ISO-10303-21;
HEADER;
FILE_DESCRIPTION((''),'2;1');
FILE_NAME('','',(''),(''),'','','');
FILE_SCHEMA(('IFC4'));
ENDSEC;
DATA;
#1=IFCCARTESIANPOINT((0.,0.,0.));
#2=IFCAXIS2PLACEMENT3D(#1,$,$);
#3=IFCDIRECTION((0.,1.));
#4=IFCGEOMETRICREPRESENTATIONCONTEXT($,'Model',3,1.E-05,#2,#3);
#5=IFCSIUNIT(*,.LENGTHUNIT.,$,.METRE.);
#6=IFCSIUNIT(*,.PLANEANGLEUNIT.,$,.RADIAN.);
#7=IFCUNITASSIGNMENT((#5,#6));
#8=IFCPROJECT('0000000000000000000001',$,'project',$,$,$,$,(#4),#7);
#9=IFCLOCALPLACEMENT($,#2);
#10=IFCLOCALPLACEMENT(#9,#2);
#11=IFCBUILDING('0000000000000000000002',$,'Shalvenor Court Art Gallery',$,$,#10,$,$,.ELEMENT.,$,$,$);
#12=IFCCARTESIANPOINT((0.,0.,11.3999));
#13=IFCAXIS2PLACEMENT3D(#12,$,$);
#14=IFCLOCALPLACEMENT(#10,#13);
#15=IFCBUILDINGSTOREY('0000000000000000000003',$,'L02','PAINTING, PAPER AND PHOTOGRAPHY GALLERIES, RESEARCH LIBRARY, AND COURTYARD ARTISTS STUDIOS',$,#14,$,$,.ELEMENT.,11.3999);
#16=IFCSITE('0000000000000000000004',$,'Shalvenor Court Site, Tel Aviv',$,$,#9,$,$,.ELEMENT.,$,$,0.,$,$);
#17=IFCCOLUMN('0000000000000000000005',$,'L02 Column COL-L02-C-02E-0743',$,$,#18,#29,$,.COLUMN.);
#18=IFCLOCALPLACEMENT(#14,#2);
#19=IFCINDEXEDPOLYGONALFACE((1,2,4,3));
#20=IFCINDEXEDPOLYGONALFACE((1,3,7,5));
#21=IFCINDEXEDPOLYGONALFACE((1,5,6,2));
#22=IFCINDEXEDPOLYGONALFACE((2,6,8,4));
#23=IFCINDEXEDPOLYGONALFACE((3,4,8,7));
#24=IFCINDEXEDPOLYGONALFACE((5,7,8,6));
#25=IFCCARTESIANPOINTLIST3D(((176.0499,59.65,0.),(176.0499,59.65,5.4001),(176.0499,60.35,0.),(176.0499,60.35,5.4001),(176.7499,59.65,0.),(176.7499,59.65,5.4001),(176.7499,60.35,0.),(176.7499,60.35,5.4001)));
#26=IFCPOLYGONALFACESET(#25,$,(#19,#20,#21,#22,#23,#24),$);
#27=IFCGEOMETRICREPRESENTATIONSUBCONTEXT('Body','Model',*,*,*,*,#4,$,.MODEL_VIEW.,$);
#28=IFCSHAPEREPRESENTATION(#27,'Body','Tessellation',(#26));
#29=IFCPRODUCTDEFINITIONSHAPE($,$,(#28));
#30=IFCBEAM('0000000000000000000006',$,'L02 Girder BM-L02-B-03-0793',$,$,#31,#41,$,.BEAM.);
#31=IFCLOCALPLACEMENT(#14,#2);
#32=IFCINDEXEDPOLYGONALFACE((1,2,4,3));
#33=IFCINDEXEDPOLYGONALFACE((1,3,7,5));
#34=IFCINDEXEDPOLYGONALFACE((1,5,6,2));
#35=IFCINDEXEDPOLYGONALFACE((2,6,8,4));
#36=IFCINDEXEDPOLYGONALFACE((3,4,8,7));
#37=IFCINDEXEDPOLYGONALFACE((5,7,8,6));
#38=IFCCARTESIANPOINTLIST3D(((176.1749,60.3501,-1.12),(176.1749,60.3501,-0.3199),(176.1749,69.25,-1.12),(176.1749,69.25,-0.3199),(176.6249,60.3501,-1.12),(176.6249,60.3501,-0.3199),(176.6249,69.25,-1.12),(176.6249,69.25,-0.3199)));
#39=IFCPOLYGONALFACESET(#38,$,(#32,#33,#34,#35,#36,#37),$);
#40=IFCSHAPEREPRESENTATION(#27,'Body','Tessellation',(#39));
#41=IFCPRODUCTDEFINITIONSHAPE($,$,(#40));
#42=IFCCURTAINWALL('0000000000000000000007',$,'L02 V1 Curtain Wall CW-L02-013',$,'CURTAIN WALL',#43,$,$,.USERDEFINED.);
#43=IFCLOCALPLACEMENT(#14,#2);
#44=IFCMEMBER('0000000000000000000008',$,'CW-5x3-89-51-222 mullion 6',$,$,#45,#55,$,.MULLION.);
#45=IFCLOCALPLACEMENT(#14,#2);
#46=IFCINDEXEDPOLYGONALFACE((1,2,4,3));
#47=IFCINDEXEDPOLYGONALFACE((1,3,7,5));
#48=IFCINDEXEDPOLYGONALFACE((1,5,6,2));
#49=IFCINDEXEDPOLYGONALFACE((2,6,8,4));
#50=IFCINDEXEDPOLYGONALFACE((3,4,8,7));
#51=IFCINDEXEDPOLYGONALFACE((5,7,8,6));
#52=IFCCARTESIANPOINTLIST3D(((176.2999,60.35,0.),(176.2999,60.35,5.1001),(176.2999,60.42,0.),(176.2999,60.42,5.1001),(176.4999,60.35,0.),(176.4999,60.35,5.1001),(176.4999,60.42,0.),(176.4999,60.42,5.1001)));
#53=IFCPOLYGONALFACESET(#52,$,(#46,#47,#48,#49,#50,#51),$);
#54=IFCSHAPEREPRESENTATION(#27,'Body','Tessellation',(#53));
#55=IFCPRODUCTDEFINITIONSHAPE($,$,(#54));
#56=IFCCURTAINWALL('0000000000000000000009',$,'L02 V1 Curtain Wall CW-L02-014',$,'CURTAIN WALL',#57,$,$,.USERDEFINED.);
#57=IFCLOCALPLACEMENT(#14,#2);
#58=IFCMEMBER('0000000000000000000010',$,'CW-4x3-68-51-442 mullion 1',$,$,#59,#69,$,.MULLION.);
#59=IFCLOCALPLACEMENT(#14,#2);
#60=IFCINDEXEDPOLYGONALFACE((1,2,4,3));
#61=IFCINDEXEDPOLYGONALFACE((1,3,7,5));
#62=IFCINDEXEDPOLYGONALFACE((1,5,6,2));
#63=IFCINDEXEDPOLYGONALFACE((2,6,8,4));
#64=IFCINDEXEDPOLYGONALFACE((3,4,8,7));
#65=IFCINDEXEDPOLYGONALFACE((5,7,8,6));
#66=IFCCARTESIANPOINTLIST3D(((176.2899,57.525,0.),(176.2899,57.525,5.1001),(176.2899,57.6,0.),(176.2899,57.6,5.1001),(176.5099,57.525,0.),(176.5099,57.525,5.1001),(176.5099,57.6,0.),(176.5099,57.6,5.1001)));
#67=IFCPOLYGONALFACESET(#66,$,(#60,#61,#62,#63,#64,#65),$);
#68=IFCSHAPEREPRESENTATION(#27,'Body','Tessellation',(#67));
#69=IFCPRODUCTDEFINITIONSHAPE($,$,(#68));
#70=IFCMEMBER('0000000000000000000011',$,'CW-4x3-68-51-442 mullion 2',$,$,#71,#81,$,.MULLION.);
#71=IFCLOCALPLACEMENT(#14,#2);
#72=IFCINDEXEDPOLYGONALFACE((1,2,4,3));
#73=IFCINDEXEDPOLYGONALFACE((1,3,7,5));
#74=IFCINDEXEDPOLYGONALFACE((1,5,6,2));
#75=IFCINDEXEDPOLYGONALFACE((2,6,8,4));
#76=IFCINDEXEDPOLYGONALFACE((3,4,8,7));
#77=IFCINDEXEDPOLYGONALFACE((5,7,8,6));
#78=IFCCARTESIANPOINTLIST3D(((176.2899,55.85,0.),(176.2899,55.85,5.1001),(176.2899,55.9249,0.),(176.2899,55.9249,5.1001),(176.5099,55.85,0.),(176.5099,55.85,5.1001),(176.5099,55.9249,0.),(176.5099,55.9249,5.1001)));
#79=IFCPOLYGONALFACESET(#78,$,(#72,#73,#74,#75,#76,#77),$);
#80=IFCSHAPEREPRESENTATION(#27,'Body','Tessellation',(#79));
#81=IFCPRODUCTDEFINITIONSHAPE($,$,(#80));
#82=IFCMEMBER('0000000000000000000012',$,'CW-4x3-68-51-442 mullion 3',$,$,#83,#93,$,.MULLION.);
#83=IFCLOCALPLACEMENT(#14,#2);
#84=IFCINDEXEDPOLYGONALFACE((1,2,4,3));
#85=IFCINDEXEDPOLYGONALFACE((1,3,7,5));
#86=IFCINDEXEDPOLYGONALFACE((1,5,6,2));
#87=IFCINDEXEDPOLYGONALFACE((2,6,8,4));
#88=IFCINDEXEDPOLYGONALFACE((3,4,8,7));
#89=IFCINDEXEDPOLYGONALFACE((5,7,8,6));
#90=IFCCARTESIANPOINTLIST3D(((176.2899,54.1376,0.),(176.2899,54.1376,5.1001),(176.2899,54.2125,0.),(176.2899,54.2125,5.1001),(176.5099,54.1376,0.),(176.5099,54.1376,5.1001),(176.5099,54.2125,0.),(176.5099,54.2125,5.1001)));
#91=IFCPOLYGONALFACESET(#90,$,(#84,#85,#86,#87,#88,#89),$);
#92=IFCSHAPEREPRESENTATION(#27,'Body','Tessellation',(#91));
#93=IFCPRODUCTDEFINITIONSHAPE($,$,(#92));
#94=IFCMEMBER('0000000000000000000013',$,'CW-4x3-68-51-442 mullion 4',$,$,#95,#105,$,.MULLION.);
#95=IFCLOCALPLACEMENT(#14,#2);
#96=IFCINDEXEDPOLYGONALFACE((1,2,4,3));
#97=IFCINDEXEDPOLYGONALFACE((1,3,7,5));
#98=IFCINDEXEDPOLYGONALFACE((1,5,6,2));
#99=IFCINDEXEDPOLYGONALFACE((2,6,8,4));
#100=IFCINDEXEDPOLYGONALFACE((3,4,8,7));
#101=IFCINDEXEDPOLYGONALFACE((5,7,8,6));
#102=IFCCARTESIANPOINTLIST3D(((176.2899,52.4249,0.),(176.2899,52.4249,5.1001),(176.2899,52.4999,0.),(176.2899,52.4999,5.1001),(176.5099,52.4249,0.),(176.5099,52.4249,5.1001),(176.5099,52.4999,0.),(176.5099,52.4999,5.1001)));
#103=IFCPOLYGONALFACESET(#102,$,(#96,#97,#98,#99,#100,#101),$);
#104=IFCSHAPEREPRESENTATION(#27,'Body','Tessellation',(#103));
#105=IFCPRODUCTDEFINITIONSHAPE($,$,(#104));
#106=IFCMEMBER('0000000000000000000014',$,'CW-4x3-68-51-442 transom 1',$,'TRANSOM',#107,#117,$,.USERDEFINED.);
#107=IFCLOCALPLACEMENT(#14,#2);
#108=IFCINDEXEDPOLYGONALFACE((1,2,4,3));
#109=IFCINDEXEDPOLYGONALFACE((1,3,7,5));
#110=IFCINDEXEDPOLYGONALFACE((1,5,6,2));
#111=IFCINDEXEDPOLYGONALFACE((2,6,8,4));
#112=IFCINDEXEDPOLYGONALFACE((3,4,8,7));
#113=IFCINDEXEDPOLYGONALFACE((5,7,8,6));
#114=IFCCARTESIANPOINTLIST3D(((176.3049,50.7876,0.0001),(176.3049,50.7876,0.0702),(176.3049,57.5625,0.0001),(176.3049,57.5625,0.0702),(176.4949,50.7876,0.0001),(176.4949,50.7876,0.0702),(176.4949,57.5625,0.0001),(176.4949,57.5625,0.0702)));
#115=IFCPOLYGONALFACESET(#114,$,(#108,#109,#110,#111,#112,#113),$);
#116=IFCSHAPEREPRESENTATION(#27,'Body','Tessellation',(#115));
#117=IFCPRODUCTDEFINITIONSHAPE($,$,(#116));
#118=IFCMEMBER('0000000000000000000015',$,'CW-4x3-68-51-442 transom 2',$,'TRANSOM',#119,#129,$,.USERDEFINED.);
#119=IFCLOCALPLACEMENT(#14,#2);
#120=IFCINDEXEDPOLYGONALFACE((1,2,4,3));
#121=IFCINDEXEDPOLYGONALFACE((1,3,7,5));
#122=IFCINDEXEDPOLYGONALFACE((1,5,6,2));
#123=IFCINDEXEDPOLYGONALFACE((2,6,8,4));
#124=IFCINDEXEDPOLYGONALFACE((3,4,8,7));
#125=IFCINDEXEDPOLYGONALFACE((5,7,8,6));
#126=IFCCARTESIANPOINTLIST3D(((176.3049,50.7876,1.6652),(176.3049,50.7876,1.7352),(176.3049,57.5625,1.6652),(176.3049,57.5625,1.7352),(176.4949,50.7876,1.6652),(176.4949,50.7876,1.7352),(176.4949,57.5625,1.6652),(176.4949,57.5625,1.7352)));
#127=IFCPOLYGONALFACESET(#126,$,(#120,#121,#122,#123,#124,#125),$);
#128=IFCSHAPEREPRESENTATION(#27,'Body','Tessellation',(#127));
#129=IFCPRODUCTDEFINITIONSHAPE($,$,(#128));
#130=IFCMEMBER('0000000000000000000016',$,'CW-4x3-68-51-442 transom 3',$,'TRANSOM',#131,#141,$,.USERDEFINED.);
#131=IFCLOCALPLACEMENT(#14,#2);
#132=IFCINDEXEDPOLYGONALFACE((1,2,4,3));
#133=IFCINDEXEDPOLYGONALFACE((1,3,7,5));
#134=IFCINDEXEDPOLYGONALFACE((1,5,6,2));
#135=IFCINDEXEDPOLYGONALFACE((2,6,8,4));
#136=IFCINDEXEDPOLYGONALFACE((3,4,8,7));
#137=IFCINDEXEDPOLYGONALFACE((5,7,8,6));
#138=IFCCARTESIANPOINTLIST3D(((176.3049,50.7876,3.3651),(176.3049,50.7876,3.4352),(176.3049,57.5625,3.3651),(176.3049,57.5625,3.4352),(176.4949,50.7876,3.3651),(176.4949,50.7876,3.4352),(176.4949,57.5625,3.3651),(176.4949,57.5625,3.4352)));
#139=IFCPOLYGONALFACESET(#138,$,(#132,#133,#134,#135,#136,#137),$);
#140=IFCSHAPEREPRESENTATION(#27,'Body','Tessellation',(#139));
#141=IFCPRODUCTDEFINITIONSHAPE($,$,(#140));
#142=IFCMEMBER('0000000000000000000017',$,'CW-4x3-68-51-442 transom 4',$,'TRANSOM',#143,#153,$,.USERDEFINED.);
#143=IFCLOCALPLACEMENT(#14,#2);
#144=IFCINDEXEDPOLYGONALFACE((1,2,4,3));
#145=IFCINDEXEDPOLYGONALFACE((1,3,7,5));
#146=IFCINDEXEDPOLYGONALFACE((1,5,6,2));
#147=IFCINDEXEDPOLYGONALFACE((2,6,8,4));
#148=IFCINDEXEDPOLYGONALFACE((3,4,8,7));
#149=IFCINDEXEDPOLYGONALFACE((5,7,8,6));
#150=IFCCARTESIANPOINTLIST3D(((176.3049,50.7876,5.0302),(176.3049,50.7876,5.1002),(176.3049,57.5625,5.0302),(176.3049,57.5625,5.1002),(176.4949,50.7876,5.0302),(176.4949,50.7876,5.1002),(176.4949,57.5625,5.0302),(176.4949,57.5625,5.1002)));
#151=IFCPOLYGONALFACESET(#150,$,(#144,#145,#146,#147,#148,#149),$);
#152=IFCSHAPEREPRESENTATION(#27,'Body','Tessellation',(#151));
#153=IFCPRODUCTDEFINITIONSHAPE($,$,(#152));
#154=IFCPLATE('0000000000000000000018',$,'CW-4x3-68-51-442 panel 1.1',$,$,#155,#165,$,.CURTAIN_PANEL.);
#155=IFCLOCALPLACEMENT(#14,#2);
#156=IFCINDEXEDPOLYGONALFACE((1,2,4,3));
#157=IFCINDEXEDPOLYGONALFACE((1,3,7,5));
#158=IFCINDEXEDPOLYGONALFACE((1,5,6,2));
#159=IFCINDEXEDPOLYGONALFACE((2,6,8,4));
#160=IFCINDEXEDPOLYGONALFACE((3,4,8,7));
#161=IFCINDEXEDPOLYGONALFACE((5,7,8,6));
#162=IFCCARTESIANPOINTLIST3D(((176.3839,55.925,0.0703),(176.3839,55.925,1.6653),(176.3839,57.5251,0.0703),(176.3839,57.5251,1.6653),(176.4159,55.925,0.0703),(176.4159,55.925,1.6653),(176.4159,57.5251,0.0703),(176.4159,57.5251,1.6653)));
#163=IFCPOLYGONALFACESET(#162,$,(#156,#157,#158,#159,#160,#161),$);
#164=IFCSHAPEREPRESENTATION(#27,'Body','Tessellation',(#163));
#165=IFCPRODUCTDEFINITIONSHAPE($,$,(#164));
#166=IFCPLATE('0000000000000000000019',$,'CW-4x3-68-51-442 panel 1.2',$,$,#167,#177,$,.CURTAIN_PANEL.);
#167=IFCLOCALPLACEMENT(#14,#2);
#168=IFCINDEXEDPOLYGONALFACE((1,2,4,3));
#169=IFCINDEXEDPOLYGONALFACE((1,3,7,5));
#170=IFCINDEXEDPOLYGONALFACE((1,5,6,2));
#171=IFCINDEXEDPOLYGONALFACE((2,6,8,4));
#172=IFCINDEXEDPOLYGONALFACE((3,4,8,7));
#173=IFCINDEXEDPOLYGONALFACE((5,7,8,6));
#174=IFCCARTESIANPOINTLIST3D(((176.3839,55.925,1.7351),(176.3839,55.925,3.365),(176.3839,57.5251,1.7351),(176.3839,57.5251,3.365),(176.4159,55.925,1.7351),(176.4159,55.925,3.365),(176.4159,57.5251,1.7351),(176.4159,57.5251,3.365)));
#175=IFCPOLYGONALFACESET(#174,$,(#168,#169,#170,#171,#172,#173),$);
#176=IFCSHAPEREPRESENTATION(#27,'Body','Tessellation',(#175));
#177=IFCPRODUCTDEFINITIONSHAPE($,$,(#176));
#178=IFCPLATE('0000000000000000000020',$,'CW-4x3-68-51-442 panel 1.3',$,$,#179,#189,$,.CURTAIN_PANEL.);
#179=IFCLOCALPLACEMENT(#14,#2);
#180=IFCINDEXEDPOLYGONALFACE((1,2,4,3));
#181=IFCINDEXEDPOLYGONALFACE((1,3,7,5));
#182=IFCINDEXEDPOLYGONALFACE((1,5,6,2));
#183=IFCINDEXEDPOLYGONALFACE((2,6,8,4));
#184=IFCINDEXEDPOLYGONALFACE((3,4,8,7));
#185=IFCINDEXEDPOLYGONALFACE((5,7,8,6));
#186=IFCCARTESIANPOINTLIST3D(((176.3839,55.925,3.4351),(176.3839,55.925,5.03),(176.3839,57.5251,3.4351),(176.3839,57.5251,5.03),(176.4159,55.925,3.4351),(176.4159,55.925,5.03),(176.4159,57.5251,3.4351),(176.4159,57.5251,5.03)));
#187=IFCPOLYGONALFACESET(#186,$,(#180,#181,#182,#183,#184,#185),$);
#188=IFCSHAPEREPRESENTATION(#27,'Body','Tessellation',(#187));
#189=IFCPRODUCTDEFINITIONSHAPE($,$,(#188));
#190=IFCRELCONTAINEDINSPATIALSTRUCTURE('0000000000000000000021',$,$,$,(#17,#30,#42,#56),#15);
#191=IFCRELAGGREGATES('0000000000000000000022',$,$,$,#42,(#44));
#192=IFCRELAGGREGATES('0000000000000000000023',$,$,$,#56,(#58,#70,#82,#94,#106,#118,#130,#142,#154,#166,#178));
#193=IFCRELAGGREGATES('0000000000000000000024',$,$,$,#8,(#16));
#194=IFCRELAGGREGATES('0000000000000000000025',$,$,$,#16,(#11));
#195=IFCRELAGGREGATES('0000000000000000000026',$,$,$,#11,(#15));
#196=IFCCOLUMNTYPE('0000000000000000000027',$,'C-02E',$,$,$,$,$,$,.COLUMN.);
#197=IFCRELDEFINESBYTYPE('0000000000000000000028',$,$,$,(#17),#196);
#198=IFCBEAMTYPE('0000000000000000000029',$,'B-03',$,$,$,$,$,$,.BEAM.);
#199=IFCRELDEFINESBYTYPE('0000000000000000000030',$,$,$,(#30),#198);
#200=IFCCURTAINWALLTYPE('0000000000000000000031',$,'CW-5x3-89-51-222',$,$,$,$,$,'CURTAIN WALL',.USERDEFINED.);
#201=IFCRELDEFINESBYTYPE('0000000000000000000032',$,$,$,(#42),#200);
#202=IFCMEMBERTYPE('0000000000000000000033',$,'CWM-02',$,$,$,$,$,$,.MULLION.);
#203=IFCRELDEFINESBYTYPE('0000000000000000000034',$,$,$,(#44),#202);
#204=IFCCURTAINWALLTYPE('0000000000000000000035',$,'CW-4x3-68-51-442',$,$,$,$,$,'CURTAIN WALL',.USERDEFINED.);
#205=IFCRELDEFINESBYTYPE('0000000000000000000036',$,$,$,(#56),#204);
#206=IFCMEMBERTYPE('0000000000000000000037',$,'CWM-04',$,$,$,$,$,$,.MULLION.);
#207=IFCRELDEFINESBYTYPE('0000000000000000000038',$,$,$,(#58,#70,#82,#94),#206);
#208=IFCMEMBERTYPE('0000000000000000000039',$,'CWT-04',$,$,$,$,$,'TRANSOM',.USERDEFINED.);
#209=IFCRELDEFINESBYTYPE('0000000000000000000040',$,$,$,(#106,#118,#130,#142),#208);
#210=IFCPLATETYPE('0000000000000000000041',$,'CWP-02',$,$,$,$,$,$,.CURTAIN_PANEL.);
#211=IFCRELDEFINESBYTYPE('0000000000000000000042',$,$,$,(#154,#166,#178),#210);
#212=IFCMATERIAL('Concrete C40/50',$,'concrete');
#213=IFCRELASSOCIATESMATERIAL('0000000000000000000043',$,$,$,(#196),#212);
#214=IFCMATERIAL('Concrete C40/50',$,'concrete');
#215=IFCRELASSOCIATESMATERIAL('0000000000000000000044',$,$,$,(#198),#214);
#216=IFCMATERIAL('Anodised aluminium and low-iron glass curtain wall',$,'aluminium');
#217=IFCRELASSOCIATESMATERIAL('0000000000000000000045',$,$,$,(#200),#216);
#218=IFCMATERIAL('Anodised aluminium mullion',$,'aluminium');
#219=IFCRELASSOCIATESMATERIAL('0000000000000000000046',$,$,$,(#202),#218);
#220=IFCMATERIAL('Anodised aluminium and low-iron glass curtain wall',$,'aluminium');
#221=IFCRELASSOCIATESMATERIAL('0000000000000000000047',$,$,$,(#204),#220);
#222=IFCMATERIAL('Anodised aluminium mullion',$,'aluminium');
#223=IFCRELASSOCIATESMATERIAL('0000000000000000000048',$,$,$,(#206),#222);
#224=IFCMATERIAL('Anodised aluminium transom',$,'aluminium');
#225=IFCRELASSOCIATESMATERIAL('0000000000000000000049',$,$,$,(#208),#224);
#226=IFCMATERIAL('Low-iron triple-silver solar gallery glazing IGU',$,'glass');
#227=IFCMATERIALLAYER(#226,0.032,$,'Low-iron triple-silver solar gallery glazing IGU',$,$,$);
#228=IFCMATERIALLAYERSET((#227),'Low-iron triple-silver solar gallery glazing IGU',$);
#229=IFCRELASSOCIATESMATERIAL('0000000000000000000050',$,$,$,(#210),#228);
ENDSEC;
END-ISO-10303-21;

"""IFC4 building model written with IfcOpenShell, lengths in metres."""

from ifc_helpers import new_model, si_unit, direction, frame, origin, origin_2d, place, context, subcontext, project, spatial, rectangle, extrude, material, layer, layer_set, material_profile, profile_set, type_object, element, aggregate, save


model = new_model("IFC4")

# Units and contexts
model_context = context("Model", 3, precision=1e-05, world=origin(), true_north=direction((0.0, 1.0)))
body_context = subcontext(model_context, "Body", "Model", "MODEL_VIEW")
ifc_project = project(units=[si_unit("LENGTHUNIT", "METRE"), si_unit("PLANEANGLEUNIT", "RADIAN")], contexts=[model_context])

# Site, building, storey
site_placement = place(None, origin())
site = spatial("IfcSite", under=ifc_project, at=site_placement, Name="Shalvenor Court Site, Tel Aviv", CompositionType="ELEMENT", RefElevation=0.0)
building_placement = place(site_placement, origin())
building = spatial("IfcBuilding", under=site, at=building_placement, Name="Shalvenor Court Art Gallery", CompositionType="ELEMENT")
storey_placement = place(building_placement, frame((0.0, 0.0, 11.3999)))
storey = spatial("IfcBuildingStorey", under=building, at=storey_placement, Name="L02", Description="PAINTING, PAPER AND PHOTOGRAPHY GALLERIES, RESEARCH LIBRARY, AND COURTYARD ARTISTS STUDIOS", CompositionType="ELEMENT", Elevation=11.3999)

# Column
ifc_material_1 = material(Name="Concrete C40/50", Category="concrete")
ifc_material_profile_1 = material_profile(ifc_material_1, rectangle(XDim=0.7, YDim=0.7, at=origin_2d()), Name="RC 700x700")
ifc_profile_set_1 = profile_set([ifc_material_profile_1], Name="Concrete C40/50")
column_type = type_object("IfcColumnType", Name="C-02E", PredefinedType="COLUMN", material=ifc_profile_set_1)
column_placement = place(storey_placement, frame((176.3999, 60.0, 0.0), z_axis=(0.0, 0.0, 1.0), x_axis=(1.0, 0.0, 0.0)))
element("IfcColumn", 1, at=column_placement, inside=storey, type_object=column_type, Name="L02 Column COL-L02-C-02E-0743", PredefinedType="COLUMN", context=body_context, shape_type="SweptSolid", body=[
    extrude(rectangle(XDim=0.7, YDim=0.7, at=origin_2d()), origin(), (0.0, 0.0, 1.0), 5.4001),
])

# Beam
ifc_material_2 = material(Name="Concrete C40/50", Category="concrete")
ifc_material_profile_2 = material_profile(ifc_material_2, rectangle(XDim=0.45, YDim=0.8, at=origin_2d()), Name="RC 450x800")
ifc_profile_set_2 = profile_set([ifc_material_profile_2], Name="Concrete C40/50")
beam_type = type_object("IfcBeamType", Name="B-03", PredefinedType="BEAM", material=ifc_profile_set_2)
beam_placement = place(storey_placement, frame((176.3999, 60.3501, -0.72), z_axis=(0.0, 1.0, 0.0), x_axis=(-1.0, 0.0, 0.0)))
element("IfcBeam", 2, at=beam_placement, inside=storey, type_object=beam_type, Name="L02 Girder BM-L02-B-03-0793", PredefinedType="BEAM", context=body_context, shape_type="SweptSolid", body=[
    extrude(rectangle(XDim=0.45, YDim=0.8, at=origin_2d()), origin(), (0.0, 0.0, 1.0), 8.8999),
])

# Curtain wall, member
ifc_material_3 = material(Name="Anodised aluminium and low-iron glass curtain wall", Category="aluminium")
curtain_wall_type_1 = type_object("IfcCurtainWallType", Name="CW-5x3-89-51-222", ElementType="CURTAIN WALL", PredefinedType="USERDEFINED", material=ifc_material_3)
curtain_wall_1_placement = place(storey_placement, origin())
curtain_wall_1 = element("IfcCurtainWall", 3, at=curtain_wall_1_placement, inside=storey, type_object=curtain_wall_type_1, Name="L02 V1 Curtain Wall CW-L02-013", ObjectType="CURTAIN WALL", PredefinedType="USERDEFINED")
ifc_material_4 = material(Name="Anodised aluminium mullion", Category="aluminium")
ifc_material_profile_3 = material_profile(ifc_material_4, rectangle(XDim=0.0701, YDim=0.2, at=origin_2d()), Name="CWM-02")
ifc_profile_set_3 = profile_set([ifc_material_profile_3], Name="Anodised aluminium mullion")
member_type_1 = type_object("IfcMemberType", Name="CWM-02", PredefinedType="MULLION", material=ifc_profile_set_3)
member_1_placement = place(storey_placement, frame((176.3999, 60.385, 0.0), z_axis=(0.0, 0.0, 1.0), x_axis=(0.0, -1.0, 0.0)))
member_1 = element("IfcMember", 4, at=member_1_placement, type_object=member_type_1, Name="CW-5x3-89-51-222 mullion 6", PredefinedType="MULLION", context=body_context, shape_type="SweptSolid", body=[
    extrude(rectangle(XDim=0.0701, YDim=0.2, at=origin_2d()), origin(), (0.0, 0.0, 1.0), 5.1001),
])
aggregate(curtain_wall_1, [member_1])

# Curtain wall, members, plates
ifc_material_5 = material(Name="Anodised aluminium and low-iron glass curtain wall", Category="aluminium")
curtain_wall_type_2 = type_object("IfcCurtainWallType", Name="CW-4x3-68-51-442", ElementType="CURTAIN WALL", PredefinedType="USERDEFINED", material=ifc_material_5)
curtain_wall_2_placement = place(storey_placement, origin())
curtain_wall_2 = element("IfcCurtainWall", 5, at=curtain_wall_2_placement, inside=storey, type_object=curtain_wall_type_2, Name="L02 V1 Curtain Wall CW-L02-014", ObjectType="CURTAIN WALL", PredefinedType="USERDEFINED")
ifc_material_6 = material(Name="Anodised aluminium mullion", Category="aluminium")
ifc_material_profile_4 = material_profile(ifc_material_6, rectangle(XDim=0.075, YDim=0.22, at=origin_2d()), Name="CWM-04")
ifc_profile_set_4 = profile_set([ifc_material_profile_4], Name="Anodised aluminium mullion")
member_type_2 = type_object("IfcMemberType", Name="CWM-04", PredefinedType="MULLION", material=ifc_profile_set_4)
member_2_placement = place(storey_placement, frame((176.3999, 57.5625, 0.0), z_axis=(0.0, 0.0, 1.0), x_axis=(0.0, -1.0, 0.0)))
member_2 = element("IfcMember", 6, at=member_2_placement, type_object=member_type_2, Name="CW-4x3-68-51-442 mullion 1", PredefinedType="MULLION", context=body_context, shape_type="SweptSolid", body=[
    extrude(rectangle(XDim=0.075, YDim=0.22, at=origin_2d()), origin(), (0.0, 0.0, 1.0), 5.1001),
])
member_3_placement = place(storey_placement, frame((176.3999, 55.8875, 0.0), z_axis=(0.0, 0.0, 1.0), x_axis=(0.0, -1.0, 0.0)))
member_3 = element("IfcMember", 7, at=member_3_placement, type_object=member_type_2, Name="CW-4x3-68-51-442 mullion 2", PredefinedType="MULLION", context=body_context, shape_type="SweptSolid", body=[
    extrude(rectangle(XDim=0.075, YDim=0.22, at=origin_2d()), origin(), (0.0, 0.0, 1.0), 5.1001),
])
member_4_placement = place(storey_placement, frame((176.3999, 54.175, 0.0), z_axis=(0.0, 0.0, 1.0), x_axis=(0.0, -1.0, 0.0)))
member_4 = element("IfcMember", 8, at=member_4_placement, type_object=member_type_2, Name="CW-4x3-68-51-442 mullion 3", PredefinedType="MULLION", context=body_context, shape_type="SweptSolid", body=[
    extrude(rectangle(XDim=0.075, YDim=0.22, at=origin_2d()), origin(), (0.0, 0.0, 1.0), 5.1001),
])
member_5_placement = place(storey_placement, frame((176.3999, 52.4624, 0.0), z_axis=(0.0, 0.0, 1.0), x_axis=(0.0, -1.0, 0.0)))
member_5 = element("IfcMember", 9, at=member_5_placement, type_object=member_type_2, Name="CW-4x3-68-51-442 mullion 4", PredefinedType="MULLION", context=body_context, shape_type="SweptSolid", body=[
    extrude(rectangle(XDim=0.075, YDim=0.22, at=origin_2d()), origin(), (0.0, 0.0, 1.0), 5.1001),
])
ifc_material_7 = material(Name="Anodised aluminium transom", Category="aluminium")
ifc_material_profile_5 = material_profile(ifc_material_7, rectangle(XDim=0.1899, YDim=0.0701, at=origin_2d()), Name="CWT-04")
ifc_profile_set_5 = profile_set([ifc_material_profile_5], Name="Anodised aluminium transom")
member_type_3 = type_object("IfcMemberType", Name="CWT-04", ElementType="TRANSOM", PredefinedType="USERDEFINED", material=ifc_profile_set_5)
member_6_placement = place(storey_placement, frame((176.3999, 57.5625, 0.0352), z_axis=(0.0, -1.0, 0.0), x_axis=(1.0, 0.0, 0.0)))
member_6 = element("IfcMember", 10, at=member_6_placement, type_object=member_type_3, Name="CW-4x3-68-51-442 transom 1", ObjectType="TRANSOM", PredefinedType="USERDEFINED", context=body_context, shape_type="SweptSolid", body=[
    extrude(rectangle(XDim=0.1899, YDim=0.0701, at=origin_2d()), origin(), (0.0, 0.0, 1.0), 6.7749),
])
member_7_placement = place(storey_placement, frame((176.3999, 57.5625, 1.7002), z_axis=(0.0, -1.0, 0.0), x_axis=(1.0, 0.0, 0.0)))
member_7 = element("IfcMember", 11, at=member_7_placement, type_object=member_type_3, Name="CW-4x3-68-51-442 transom 2", ObjectType="TRANSOM", PredefinedType="USERDEFINED", context=body_context, shape_type="SweptSolid", body=[
    extrude(rectangle(XDim=0.1899, YDim=0.0701, at=origin_2d()), origin(), (0.0, 0.0, 1.0), 6.7749),
])
member_8_placement = place(storey_placement, frame((176.3999, 57.5625, 3.4001), z_axis=(0.0, -1.0, 0.0), x_axis=(1.0, 0.0, 0.0)))
member_8 = element("IfcMember", 12, at=member_8_placement, type_object=member_type_3, Name="CW-4x3-68-51-442 transom 3", ObjectType="TRANSOM", PredefinedType="USERDEFINED", context=body_context, shape_type="SweptSolid", body=[
    extrude(rectangle(XDim=0.1899, YDim=0.0701, at=origin_2d()), origin(), (0.0, 0.0, 1.0), 6.7749),
])
member_9_placement = place(storey_placement, frame((176.3999, 57.5625, 5.0652), z_axis=(0.0, -1.0, 0.0), x_axis=(1.0, 0.0, 0.0)))
member_9 = element("IfcMember", 13, at=member_9_placement, type_object=member_type_3, Name="CW-4x3-68-51-442 transom 4", ObjectType="TRANSOM", PredefinedType="USERDEFINED", context=body_context, shape_type="SweptSolid", body=[
    extrude(rectangle(XDim=0.1899, YDim=0.0701, at=origin_2d()), origin(), (0.0, 0.0, 1.0), 6.7749),
])
ifc_material_8 = material(Name="Low-iron triple-silver solar gallery glazing IGU", Category="glass")
ifc_layer_1 = layer(ifc_material_8, 0.032, Name="Low-iron triple-silver solar gallery glazing IGU")
ifc_layer_set_1 = layer_set([ifc_layer_1], Name="Low-iron triple-silver solar gallery glazing IGU")
plate_type_1 = type_object("IfcPlateType", Name="CWP-02", PredefinedType="CURTAIN_PANEL", material=ifc_layer_set_1)
plate_1_placement = place(storey_placement, frame((176.3999, 56.7251, 0.0703), z_axis=(0.0, 0.0, 1.0), x_axis=(0.0, -1.0, 0.0)))
plate_1 = element("IfcPlate", 14, at=plate_1_placement, type_object=plate_type_1, Name="CW-4x3-68-51-442 panel 1.1", PredefinedType="CURTAIN_PANEL", context=body_context, shape_type="SweptSolid", body=[
    extrude(rectangle(XDim=1.6001, YDim=0.032, at=origin_2d()), origin(), (0.0, 0.0, 1.0), 1.595),
])
plate_2_placement = place(storey_placement, frame((176.3999, 56.7251, 1.7351), z_axis=(0.0, 0.0, 1.0), x_axis=(0.0, -1.0, 0.0)))
plate_2 = element("IfcPlate", 15, at=plate_2_placement, type_object=plate_type_1, Name="CW-4x3-68-51-442 panel 1.2", PredefinedType="CURTAIN_PANEL", context=body_context, shape_type="SweptSolid", body=[
    extrude(rectangle(XDim=1.6001, YDim=0.032, at=origin_2d()), origin(), (0.0, 0.0, 1.0), 1.6299),
])
plate_3_placement = place(storey_placement, frame((176.3999, 56.7251, 3.4351), z_axis=(0.0, 0.0, 1.0), x_axis=(0.0, -1.0, 0.0)))
plate_3 = element("IfcPlate", 16, at=plate_3_placement, type_object=plate_type_1, Name="CW-4x3-68-51-442 panel 1.3", PredefinedType="CURTAIN_PANEL", context=body_context, shape_type="SweptSolid", body=[
    extrude(rectangle(XDim=1.6001, YDim=0.032, at=origin_2d()), origin(), (0.0, 0.0, 1.0), 1.595),
])
aggregate(curtain_wall_2, [member_2, member_3, member_4, member_5, member_6, member_7, member_8, member_9, plate_1, plate_2, plate_3])

save(model, "model.ifc")
